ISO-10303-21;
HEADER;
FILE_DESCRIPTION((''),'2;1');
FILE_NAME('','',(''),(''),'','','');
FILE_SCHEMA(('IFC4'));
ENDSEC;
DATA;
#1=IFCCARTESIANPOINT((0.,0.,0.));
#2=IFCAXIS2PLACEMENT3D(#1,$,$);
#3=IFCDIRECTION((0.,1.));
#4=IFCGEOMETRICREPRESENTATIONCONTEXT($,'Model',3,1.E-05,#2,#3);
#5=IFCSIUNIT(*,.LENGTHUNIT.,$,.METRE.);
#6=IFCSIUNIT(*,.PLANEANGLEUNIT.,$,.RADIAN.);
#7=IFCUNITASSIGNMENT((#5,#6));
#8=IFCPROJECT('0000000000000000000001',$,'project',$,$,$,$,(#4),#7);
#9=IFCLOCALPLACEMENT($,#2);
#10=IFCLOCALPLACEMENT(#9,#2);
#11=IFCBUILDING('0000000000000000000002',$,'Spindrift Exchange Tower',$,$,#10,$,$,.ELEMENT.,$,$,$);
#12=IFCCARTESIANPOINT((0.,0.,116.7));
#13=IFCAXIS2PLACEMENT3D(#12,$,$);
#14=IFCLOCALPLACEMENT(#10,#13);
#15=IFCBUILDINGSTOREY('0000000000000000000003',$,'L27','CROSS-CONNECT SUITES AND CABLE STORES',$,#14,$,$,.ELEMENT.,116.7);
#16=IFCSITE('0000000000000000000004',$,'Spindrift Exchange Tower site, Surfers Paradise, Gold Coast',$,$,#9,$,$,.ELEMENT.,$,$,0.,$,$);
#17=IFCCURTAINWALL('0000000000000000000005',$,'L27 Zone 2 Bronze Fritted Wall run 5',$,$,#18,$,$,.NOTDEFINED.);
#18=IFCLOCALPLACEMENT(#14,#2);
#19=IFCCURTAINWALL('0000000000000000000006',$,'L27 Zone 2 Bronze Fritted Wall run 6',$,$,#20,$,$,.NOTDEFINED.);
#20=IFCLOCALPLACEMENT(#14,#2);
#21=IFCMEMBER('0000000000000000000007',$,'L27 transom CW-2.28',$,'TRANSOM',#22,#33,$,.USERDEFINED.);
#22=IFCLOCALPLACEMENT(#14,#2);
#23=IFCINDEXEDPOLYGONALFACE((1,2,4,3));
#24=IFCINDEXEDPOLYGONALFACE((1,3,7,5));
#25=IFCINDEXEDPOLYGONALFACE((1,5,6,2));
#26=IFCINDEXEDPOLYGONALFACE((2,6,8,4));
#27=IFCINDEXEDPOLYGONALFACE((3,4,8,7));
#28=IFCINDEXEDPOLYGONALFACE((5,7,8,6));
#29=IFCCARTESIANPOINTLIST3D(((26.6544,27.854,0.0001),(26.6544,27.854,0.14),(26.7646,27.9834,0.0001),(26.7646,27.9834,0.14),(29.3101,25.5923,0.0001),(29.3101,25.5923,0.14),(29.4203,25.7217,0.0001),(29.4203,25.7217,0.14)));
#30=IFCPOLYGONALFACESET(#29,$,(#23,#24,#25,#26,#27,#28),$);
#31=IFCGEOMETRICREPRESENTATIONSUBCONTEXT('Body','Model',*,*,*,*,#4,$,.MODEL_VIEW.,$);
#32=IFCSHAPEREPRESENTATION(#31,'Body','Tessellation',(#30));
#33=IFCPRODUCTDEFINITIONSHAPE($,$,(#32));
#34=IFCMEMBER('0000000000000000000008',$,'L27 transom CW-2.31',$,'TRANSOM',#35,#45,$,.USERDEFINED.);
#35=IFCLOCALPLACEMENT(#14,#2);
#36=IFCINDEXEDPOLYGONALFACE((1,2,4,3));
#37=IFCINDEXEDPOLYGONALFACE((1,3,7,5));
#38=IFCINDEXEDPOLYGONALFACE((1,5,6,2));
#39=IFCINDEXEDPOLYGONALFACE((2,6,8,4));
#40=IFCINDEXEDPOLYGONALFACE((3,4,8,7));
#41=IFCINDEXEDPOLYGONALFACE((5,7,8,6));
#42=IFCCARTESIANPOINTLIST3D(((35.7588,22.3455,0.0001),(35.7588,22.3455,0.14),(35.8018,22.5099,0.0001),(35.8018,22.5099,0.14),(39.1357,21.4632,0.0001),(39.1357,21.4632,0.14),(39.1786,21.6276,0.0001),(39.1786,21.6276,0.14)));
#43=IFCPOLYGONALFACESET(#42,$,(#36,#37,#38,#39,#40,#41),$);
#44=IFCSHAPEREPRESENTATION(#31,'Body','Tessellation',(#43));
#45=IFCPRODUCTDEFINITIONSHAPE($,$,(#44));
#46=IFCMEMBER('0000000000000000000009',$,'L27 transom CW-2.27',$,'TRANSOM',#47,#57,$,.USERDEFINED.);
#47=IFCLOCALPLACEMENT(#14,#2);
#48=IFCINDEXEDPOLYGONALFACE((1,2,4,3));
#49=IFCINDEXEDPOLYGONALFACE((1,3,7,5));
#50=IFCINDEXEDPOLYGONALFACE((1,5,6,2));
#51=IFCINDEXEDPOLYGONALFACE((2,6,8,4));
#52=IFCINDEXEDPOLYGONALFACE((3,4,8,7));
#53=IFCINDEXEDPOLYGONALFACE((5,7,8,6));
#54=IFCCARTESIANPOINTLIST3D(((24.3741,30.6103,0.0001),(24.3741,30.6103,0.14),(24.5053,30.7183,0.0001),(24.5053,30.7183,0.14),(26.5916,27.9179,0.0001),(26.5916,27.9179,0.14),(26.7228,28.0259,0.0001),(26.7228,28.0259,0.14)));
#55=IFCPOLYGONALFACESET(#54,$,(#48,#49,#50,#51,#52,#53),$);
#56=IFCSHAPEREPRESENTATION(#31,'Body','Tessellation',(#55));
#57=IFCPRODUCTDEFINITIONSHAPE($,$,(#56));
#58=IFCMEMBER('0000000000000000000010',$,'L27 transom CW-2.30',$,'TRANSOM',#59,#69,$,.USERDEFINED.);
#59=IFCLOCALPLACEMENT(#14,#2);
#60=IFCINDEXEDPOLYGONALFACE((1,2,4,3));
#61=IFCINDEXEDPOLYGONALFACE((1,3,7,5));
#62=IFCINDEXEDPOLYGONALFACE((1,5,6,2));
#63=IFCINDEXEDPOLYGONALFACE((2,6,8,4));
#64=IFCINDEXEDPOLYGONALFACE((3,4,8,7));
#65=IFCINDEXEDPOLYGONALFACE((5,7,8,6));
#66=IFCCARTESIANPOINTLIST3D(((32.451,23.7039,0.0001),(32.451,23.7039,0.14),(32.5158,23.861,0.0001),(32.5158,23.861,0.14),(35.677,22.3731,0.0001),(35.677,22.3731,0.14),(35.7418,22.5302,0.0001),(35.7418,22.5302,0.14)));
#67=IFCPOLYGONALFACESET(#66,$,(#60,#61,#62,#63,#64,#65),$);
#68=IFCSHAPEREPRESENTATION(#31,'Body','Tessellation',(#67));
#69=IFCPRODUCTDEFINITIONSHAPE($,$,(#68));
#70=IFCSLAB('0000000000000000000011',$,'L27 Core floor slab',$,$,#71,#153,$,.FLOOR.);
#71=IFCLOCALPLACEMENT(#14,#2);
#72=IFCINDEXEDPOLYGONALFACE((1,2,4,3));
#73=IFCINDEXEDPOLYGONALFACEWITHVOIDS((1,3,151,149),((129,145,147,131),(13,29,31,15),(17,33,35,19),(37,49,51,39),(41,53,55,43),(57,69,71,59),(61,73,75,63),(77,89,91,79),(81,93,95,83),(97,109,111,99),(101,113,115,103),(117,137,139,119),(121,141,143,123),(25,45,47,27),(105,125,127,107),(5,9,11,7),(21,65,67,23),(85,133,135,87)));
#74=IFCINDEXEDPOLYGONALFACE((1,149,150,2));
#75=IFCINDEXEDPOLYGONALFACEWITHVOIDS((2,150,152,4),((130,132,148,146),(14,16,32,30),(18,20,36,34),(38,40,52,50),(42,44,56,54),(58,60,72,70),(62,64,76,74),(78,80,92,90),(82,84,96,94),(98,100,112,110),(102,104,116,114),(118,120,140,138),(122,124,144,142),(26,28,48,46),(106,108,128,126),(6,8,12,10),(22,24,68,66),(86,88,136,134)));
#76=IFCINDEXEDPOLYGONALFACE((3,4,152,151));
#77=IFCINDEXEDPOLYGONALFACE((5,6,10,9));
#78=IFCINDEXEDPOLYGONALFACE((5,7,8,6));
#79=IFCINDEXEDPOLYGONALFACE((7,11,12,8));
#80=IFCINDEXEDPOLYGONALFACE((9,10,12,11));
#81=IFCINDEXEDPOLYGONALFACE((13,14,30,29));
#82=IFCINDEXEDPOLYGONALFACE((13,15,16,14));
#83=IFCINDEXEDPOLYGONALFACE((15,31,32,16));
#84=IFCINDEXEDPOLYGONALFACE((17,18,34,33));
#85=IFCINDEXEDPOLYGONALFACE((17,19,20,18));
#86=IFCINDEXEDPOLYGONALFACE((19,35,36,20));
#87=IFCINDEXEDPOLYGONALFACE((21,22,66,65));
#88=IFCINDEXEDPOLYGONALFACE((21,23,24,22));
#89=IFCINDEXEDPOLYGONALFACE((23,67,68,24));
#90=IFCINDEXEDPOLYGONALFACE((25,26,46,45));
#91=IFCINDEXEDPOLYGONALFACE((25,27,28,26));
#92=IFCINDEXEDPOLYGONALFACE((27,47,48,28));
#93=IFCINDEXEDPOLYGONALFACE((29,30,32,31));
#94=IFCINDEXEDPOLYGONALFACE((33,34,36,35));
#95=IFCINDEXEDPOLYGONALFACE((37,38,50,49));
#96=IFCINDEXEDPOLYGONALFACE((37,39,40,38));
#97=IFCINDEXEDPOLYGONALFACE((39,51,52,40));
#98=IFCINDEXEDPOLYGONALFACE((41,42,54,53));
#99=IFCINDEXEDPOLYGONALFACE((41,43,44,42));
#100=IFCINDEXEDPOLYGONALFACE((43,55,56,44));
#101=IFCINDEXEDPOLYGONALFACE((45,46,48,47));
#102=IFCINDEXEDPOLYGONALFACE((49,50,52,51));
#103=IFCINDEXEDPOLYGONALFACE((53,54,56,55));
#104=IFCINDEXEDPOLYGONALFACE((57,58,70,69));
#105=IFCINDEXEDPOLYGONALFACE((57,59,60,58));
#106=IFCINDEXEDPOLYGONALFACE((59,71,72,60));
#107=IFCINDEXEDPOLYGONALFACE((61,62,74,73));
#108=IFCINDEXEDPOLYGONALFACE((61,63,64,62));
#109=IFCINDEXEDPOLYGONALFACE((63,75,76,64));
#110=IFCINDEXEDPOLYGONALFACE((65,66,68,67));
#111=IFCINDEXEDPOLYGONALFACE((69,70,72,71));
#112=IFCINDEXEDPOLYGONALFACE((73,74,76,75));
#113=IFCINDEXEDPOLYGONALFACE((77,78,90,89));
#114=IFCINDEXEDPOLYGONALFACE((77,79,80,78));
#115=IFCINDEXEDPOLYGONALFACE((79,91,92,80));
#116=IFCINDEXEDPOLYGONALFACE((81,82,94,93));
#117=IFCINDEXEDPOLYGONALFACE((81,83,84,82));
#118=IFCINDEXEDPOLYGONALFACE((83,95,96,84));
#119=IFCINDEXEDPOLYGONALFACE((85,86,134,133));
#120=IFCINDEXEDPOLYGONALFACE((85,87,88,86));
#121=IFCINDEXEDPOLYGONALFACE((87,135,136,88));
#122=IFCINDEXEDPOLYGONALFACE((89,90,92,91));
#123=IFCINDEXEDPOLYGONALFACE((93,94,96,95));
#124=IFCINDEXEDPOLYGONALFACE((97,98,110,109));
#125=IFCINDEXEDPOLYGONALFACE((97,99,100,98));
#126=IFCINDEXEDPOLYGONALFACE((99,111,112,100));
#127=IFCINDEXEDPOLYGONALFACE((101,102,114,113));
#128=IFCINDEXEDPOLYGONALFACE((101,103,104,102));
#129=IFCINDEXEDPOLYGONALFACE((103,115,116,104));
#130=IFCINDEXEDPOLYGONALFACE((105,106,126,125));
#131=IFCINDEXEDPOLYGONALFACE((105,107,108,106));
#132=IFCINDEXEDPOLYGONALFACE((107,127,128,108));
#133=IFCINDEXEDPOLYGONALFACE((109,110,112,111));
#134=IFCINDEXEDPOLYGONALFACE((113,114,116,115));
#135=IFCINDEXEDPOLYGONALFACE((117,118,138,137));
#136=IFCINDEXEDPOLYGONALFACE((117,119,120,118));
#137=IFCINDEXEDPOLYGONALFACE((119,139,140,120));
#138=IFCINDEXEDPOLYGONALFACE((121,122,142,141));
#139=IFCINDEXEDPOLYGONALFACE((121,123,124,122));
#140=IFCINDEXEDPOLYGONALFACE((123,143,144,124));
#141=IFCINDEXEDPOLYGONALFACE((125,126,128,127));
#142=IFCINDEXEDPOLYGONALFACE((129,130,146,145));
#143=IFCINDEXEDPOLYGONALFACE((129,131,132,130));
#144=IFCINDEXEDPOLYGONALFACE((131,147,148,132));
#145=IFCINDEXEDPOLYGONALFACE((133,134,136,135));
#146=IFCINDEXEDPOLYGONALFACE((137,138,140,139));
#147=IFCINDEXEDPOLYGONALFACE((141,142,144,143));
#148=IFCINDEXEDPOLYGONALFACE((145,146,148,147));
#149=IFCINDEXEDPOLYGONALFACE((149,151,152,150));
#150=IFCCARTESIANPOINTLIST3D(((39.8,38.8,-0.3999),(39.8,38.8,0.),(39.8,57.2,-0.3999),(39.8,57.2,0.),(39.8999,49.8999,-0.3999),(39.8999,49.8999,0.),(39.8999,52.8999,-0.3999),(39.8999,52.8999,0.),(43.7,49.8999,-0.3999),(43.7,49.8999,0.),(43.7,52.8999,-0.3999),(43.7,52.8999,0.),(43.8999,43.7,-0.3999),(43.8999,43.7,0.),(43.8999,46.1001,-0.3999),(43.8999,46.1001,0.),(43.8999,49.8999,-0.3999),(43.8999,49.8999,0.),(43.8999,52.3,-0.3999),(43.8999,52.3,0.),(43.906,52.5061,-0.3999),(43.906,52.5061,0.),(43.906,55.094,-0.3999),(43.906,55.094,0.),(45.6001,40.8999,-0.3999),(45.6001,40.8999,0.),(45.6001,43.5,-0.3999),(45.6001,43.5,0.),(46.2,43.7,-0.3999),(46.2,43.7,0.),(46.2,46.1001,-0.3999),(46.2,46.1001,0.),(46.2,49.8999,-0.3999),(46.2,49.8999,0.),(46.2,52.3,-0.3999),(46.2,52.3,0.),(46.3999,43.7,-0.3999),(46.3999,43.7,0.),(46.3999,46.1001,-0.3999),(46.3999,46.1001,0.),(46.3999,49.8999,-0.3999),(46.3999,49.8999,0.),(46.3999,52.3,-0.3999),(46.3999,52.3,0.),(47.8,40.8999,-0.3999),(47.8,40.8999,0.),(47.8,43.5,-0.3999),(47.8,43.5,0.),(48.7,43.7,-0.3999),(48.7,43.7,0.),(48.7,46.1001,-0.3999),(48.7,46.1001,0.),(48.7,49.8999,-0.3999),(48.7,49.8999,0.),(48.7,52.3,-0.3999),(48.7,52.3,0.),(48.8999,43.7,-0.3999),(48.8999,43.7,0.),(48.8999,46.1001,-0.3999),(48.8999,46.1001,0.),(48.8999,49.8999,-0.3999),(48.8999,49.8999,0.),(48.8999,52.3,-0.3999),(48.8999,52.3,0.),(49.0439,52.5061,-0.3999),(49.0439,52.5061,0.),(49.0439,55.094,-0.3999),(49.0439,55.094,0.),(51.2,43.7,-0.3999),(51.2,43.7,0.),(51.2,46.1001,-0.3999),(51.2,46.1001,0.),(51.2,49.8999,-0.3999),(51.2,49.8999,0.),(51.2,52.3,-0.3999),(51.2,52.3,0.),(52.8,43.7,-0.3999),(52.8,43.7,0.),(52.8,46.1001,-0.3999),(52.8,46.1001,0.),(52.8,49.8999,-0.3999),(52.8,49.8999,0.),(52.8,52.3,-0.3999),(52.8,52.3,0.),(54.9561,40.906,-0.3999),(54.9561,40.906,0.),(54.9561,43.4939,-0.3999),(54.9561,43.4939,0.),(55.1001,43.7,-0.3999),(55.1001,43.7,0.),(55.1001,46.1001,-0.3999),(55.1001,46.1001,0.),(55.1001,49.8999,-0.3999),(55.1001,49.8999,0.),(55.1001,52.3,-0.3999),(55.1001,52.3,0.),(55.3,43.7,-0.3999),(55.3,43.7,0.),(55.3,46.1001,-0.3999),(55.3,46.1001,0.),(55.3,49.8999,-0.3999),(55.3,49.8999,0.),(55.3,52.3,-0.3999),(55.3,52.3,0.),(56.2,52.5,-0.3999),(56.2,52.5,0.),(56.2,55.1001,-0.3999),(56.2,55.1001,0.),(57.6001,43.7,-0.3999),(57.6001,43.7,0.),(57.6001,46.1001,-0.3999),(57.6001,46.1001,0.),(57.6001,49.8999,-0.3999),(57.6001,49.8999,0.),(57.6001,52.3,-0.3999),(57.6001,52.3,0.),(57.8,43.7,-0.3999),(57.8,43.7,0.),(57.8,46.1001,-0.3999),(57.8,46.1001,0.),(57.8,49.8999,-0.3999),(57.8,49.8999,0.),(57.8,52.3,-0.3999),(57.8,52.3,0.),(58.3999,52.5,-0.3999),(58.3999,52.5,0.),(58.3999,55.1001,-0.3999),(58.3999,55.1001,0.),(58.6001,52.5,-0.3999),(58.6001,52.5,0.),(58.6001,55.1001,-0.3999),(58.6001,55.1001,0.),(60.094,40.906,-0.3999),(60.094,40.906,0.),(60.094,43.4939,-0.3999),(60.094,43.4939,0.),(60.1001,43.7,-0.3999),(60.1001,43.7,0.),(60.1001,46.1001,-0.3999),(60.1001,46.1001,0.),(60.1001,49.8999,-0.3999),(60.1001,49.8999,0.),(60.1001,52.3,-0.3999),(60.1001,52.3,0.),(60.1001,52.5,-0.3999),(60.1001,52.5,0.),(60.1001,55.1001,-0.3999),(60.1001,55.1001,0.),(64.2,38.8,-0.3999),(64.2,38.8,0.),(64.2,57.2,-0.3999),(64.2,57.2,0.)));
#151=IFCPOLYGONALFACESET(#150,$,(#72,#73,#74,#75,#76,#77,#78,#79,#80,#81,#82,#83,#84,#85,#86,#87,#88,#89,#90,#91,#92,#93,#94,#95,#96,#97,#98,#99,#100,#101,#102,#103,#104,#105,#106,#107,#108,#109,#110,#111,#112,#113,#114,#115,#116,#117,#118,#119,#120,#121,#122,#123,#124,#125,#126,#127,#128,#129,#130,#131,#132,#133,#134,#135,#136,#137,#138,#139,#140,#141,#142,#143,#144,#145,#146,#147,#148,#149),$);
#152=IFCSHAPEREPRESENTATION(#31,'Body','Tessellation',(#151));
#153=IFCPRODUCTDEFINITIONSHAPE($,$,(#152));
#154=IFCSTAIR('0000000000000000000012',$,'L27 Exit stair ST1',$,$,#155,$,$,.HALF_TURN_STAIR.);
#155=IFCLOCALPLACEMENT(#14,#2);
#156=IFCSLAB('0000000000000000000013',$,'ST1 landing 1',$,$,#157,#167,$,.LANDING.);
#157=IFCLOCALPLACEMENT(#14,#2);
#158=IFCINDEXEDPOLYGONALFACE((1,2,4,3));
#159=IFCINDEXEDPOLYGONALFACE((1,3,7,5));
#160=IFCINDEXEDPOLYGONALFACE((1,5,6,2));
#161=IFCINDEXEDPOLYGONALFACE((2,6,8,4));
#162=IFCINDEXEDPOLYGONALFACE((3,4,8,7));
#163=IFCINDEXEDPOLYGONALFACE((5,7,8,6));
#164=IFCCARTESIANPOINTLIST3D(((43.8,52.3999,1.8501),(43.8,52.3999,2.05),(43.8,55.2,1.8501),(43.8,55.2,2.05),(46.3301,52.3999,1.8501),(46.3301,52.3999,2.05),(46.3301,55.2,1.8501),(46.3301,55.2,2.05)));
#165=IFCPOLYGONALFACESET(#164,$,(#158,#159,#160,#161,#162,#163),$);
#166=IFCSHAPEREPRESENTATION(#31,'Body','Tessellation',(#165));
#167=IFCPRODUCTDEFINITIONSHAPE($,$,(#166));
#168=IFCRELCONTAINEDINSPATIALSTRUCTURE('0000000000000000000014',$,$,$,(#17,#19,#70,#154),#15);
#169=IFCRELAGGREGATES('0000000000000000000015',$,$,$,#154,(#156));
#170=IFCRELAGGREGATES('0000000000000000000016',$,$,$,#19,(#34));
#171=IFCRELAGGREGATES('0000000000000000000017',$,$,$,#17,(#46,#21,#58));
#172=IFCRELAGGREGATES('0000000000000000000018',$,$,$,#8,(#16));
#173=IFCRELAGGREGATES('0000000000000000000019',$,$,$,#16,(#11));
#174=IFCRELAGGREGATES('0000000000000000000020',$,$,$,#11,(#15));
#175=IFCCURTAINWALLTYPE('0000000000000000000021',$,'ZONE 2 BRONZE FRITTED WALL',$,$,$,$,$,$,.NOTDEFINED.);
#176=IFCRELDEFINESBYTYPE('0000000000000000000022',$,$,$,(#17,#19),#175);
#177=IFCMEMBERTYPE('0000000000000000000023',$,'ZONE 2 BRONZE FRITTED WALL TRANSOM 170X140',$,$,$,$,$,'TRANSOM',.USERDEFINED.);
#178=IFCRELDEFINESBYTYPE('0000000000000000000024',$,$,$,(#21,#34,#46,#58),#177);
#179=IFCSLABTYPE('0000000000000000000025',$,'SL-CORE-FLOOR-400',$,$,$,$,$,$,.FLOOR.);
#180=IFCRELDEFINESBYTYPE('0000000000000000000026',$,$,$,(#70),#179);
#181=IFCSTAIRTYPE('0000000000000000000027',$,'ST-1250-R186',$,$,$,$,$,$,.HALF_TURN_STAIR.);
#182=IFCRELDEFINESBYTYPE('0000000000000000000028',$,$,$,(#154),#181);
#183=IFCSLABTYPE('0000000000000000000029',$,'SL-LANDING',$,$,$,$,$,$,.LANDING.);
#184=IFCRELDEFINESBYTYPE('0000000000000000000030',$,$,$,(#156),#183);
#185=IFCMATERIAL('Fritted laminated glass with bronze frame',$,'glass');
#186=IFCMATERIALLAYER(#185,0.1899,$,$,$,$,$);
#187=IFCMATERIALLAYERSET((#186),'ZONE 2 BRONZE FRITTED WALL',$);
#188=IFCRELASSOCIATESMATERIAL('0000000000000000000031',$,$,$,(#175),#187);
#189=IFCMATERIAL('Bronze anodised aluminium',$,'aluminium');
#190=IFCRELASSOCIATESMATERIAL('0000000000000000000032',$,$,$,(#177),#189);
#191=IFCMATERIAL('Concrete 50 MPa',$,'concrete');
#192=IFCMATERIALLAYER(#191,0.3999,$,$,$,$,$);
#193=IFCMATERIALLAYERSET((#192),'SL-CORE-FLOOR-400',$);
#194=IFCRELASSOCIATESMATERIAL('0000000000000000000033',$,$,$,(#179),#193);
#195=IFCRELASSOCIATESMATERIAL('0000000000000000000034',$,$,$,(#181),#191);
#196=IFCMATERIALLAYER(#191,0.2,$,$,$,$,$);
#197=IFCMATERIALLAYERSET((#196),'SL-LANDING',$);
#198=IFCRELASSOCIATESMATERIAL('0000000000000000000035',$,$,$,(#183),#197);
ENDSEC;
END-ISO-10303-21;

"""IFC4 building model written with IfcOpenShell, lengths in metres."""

from ifc_helpers import new_model, si_unit, direction, frame, origin, origin_2d, place, context, subcontext, project, spatial, line, indexed_curve, rectangle, outline, extrude, source, transform, mapped, material, layer, layer_set, material_profile, profile_set, type_object, element, aggregate, save


model = new_model("IFC4")

# Units and contexts
model_context = context("Model", 3, precision=1e-05, world=origin(), true_north=direction((0.0, 1.0)))
body_context = subcontext(model_context, "Body", "Model", "MODEL_VIEW")
ifc_project = project(units=[si_unit("LENGTHUNIT", "METRE"), si_unit("PLANEANGLEUNIT", "RADIAN")], contexts=[model_context])

# Site, building, storey
site_placement = place(None, origin())
site = spatial("IfcSite", under=ifc_project, at=site_placement, Name="Spindrift Exchange Tower site, Surfers Paradise, Gold Coast", CompositionType="ELEMENT", RefElevation=0.0)
building_placement = place(site_placement, origin())
building = spatial("IfcBuilding", under=site, at=building_placement, Name="Spindrift Exchange Tower", CompositionType="ELEMENT")
storey_placement = place(building_placement, frame((0.0, 0.0, 116.7)))
storey = spatial("IfcBuildingStorey", under=building, at=storey_placement, Name="L27", Description="CROSS-CONNECT SUITES AND CABLE STORES", CompositionType="ELEMENT", Elevation=116.7)

# Curtain wall
ifc_material_1 = material(Name="Fritted laminated glass with bronze frame", Category="glass")
ifc_layer_1 = layer(ifc_material_1, 0.1899)
ifc_layer_set_1 = layer_set([ifc_layer_1], Name="ZONE 2 BRONZE FRITTED WALL")
curtain_wall_type = type_object("IfcCurtainWallType", Name="ZONE 2 BRONZE FRITTED WALL", PredefinedType="NOTDEFINED", material=ifc_layer_set_1)
curtain_wall_1_placement = place(storey_placement, origin())
curtain_wall_1 = element("IfcCurtainWall", 1, at=curtain_wall_1_placement, inside=storey, type_object=curtain_wall_type, Name="L27 Zone 2 Bronze Fritted Wall run 5", PredefinedType="NOTDEFINED")
ifc_material_2 = material(Name="Bronze anodised aluminium", Category="aluminium")

# Curtain wall
curtain_wall_2_placement = place(storey_placement, origin())
curtain_wall_2 = element("IfcCurtainWall", 2, at=curtain_wall_2_placement, inside=storey, type_object=curtain_wall_type, Name="L27 Zone 2 Bronze Fritted Wall run 6", PredefinedType="NOTDEFINED")

# Members
ifc_material_profile_1 = material_profile(ifc_material_2, rectangle(XDim=0.1699, YDim=0.1399, at=origin_2d()), Name="ZONE 2 BRONZE FRITTED WALL TRANSOM 170X140")
ifc_profile_set_1 = profile_set([ifc_material_profile_1], Name="Bronze anodised aluminium")
member_type_1 = type_object("IfcMemberType", Name="ZONE 2 BRONZE FRITTED WALL TRANSOM 170X140", ElementType="TRANSOM", PredefinedType="USERDEFINED", material=ifc_profile_set_1)
shared_shape_1 = source(origin(), body_context, "Body", "SweptSolid", [
    extrude(rectangle(XDim=0.1699, YDim=0.1399, at=origin_2d()), origin(), (0.0, 0.0, 1.0), 3.4883),
])
member_1_placement = place(storey_placement, frame((26.7095, 27.9187, 0.0701), z_axis=(0.761328, -0.648367, 0.0), x_axis=(0.648367, 0.761328, 0.0)))
member_1 = element("IfcMember", 3, at=member_1_placement, type_object=member_type_1, Name="L27 transom CW-2.28", ObjectType="TRANSOM", PredefinedType="USERDEFINED", context=body_context, shape_type="MappedRepresentation", body=[
    mapped(shared_shape_1, transform((0.0, 0.0, 0.0), scale=1.0)),
])
shared_shape_2 = source(origin(), body_context, "Body", "SweptSolid", [
    extrude(rectangle(XDim=0.1699, YDim=0.1399, at=origin_2d()), origin(), (0.0, 0.0, 1.0), 3.4902),
])
member_2_placement = place(storey_placement, frame((35.7803, 22.4277, 0.0701), z_axis=(0.967521, -0.252792, 0.0), x_axis=(0.252792, 0.967521, 0.0)))
member_2 = element("IfcMember", 4, at=member_2_placement, type_object=member_type_1, Name="L27 transom CW-2.31", ObjectType="TRANSOM", PredefinedType="USERDEFINED", context=body_context, shape_type="MappedRepresentation", body=[
    mapped(shared_shape_2, transform((0.0, 0.0, 0.0), scale=1.0)),
])
shared_shape_3 = source(origin(), body_context, "Body", "SweptSolid", [
    extrude(rectangle(XDim=0.1699, YDim=0.1399, at=origin_2d()), origin(), (0.0, 0.0, 1.0), 3.488),
])
member_3_placement = place(storey_placement, frame((24.4397, 30.6643, 0.0701), z_axis=(0.635754, -0.771892, 0.0), x_axis=(0.771892, 0.635754, 0.0)))
member_3 = element("IfcMember", 5, at=member_3_placement, type_object=member_type_1, Name="L27 transom CW-2.27", ObjectType="TRANSOM", PredefinedType="USERDEFINED", context=body_context, shape_type="MappedRepresentation", body=[
    mapped(shared_shape_3, transform((0.0, 0.0, 0.0), scale=1.0)),
])
shared_shape_4 = source(origin(), body_context, "Body", "SweptSolid", [
    extrude(rectangle(XDim=0.1699, YDim=0.1399, at=origin_2d()), origin(), (0.0, 0.0, 1.0), 3.4897),
])
member_4_placement = place(storey_placement, frame((32.4834, 23.7825, 0.0701), z_axis=(0.924433, -0.381344, 0.0), x_axis=(0.381344, 0.924433, 0.0)))
member_4 = element("IfcMember", 6, at=member_4_placement, type_object=member_type_1, Name="L27 transom CW-2.30", ObjectType="TRANSOM", PredefinedType="USERDEFINED", context=body_context, shape_type="MappedRepresentation", body=[
    mapped(shared_shape_4, transform((0.0, 0.0, 0.0), scale=1.0)),
])

# Slab
ifc_material_3 = material(Name="Concrete 50 MPa", Category="concrete")
ifc_layer_2 = layer(ifc_material_3, 0.3999)
ifc_layer_set_2 = layer_set([ifc_layer_2], Name="SL-CORE-FLOOR-400")
slab_type_1 = type_object("IfcSlabType", Name="SL-CORE-FLOOR-400", PredefinedType="FLOOR", material=ifc_layer_set_2)
slab_1_placement = place(storey_placement, frame((0.0, 0.0, -0.3999)))
element("IfcSlab", 7, at=slab_1_placement, inside=storey, type_object=slab_type_1, Name="L27 Core floor slab", PredefinedType="FLOOR", context=body_context, shape_type="SweptSolid", body=[
    extrude(outline(indexed_curve([(39.8, 38.8), (39.8, 57.2), (64.2, 57.2), (64.2, 38.8)], segments=[line(1, 2, 3, 4, 1)], self_intersect=False), holes=[indexed_curve([(47.8, 43.5), (45.6001, 43.5), (45.6001, 40.8999), (47.8, 40.8999)], segments=[line(1, 2, 3, 4, 1)], self_intersect=False), indexed_curve([(46.2, 46.1001), (43.8999, 46.1001), (43.8999, 43.7), (46.2, 43.7)], segments=[line(1, 2, 3, 4, 1)], self_intersect=False), indexed_curve([(48.7, 46.1001), (46.3999, 46.1001), (46.3999, 43.7), (48.7, 43.7)], segments=[line(1, 2, 3, 4, 1)], self_intersect=False), indexed_curve([(51.2, 46.1001), (48.8999, 46.1001), (48.8999, 43.7), (51.2, 43.7)], segments=[line(1, 2, 3, 4, 1)], self_intersect=False), indexed_curve([(46.2, 52.3), (43.8999, 52.3), (43.8999, 49.8999), (46.2, 49.8999)], segments=[line(1, 2, 3, 4, 1)], self_intersect=False), indexed_curve([(48.7, 52.3), (46.3999, 52.3), (46.3999, 49.8999), (48.7, 49.8999)], segments=[line(1, 2, 3, 4, 1)], self_intersect=False), indexed_curve([(51.2, 52.3), (48.8999, 52.3), (48.8999, 49.8999), (51.2, 49.8999)], segments=[line(1, 2, 3, 4, 1)], self_intersect=False), indexed_curve([(43.7, 49.8999), (43.7, 52.8999), (39.8999, 52.8999), (39.8999, 49.8999)], segments=[line(1, 2, 3, 4, 1)], self_intersect=False), indexed_curve([(49.0439, 55.094), (43.906, 55.094), (43.906, 52.5061), (49.0439, 52.5061)], segments=[line(1, 2, 3, 4, 1)], self_intersect=False), indexed_curve([(60.094, 40.906), (60.094, 43.4939), (54.9561, 43.4939), (54.9561, 40.906)], segments=[line(1, 2, 3, 4, 1)], self_intersect=False), indexed_curve([(55.1001, 46.1001), (52.8, 46.1001), (52.8, 43.7), (55.1001, 43.7)], segments=[line(1, 2, 3, 4, 1)], self_intersect=False), indexed_curve([(57.6001, 46.1001), (55.3, 46.1001), (55.3, 43.7), (57.6001, 43.7)], segments=[line(1, 2, 3, 4, 1)], self_intersect=False), indexed_curve([(60.1001, 46.1001), (57.8, 46.1001), (57.8, 43.7), (60.1001, 43.7)], segments=[line(1, 2, 3, 4, 1)], self_intersect=False), indexed_curve([(55.1001, 52.3), (52.8, 52.3), (52.8, 49.8999), (55.1001, 49.8999)], segments=[line(1, 2, 3, 4, 1)], self_intersect=False), indexed_curve([(57.6001, 52.3), (55.3, 52.3), (55.3, 49.8999), (57.6001, 49.8999)], segments=[line(1, 2, 3, 4, 1)], self_intersect=False), indexed_curve([(60.1001, 52.3), (57.8, 52.3), (57.8, 49.8999), (60.1001, 49.8999)], segments=[line(1, 2, 3, 4, 1)], self_intersect=False), indexed_curve([(58.3999, 52.5), (58.3999, 55.1001), (56.2, 55.1001), (56.2, 52.5)], segments=[line(1, 2, 3, 4, 1)], self_intersect=False), indexed_curve([(60.1001, 52.5), (60.1001, 55.1001), (58.6001, 55.1001), (58.6001, 52.5)], segments=[line(1, 2, 3, 4, 1)], self_intersect=False)]), origin(), (0.0, 0.0, 1.0), 0.3999),
])

# Stair, slab
stair_type = type_object("IfcStairType", Name="ST-1250-R186", PredefinedType="HALF_TURN_STAIR", material=ifc_material_3)
stair_1_placement = place(storey_placement, origin())
stair_1 = element("IfcStair", 8, at=stair_1_placement, inside=storey, type_object=stair_type, Name="L27 Exit stair ST1", PredefinedType="HALF_TURN_STAIR")
ifc_layer_3 = layer(ifc_material_3, 0.2)
ifc_layer_set_3 = layer_set([ifc_layer_3], Name="SL-LANDING")
slab_type_2 = type_object("IfcSlabType", Name="SL-LANDING", PredefinedType="LANDING", material=ifc_layer_set_3)
slab_2_placement = place(storey_placement, frame((0.0, 0.0, 1.8501)))
slab_2 = element("IfcSlab", 9, at=slab_2_placement, type_object=slab_type_2, Name="ST1 landing 1", PredefinedType="LANDING", context=body_context, shape_type="SweptSolid", body=[
    extrude(outline(indexed_curve([(46.3301, 52.3999), (43.8, 52.3999), (43.8, 55.2), (46.3301, 55.2)], segments=[line(1, 2, 3, 4, 1)], self_intersect=False)), origin(), (0.0, 0.0, 1.0), 0.2),
])
aggregate(stair_1, [slab_2])

aggregate(curtain_wall_2, [member_2])
aggregate(curtain_wall_1, [member_3, member_1, member_4])

save(model, "model.ifc")
